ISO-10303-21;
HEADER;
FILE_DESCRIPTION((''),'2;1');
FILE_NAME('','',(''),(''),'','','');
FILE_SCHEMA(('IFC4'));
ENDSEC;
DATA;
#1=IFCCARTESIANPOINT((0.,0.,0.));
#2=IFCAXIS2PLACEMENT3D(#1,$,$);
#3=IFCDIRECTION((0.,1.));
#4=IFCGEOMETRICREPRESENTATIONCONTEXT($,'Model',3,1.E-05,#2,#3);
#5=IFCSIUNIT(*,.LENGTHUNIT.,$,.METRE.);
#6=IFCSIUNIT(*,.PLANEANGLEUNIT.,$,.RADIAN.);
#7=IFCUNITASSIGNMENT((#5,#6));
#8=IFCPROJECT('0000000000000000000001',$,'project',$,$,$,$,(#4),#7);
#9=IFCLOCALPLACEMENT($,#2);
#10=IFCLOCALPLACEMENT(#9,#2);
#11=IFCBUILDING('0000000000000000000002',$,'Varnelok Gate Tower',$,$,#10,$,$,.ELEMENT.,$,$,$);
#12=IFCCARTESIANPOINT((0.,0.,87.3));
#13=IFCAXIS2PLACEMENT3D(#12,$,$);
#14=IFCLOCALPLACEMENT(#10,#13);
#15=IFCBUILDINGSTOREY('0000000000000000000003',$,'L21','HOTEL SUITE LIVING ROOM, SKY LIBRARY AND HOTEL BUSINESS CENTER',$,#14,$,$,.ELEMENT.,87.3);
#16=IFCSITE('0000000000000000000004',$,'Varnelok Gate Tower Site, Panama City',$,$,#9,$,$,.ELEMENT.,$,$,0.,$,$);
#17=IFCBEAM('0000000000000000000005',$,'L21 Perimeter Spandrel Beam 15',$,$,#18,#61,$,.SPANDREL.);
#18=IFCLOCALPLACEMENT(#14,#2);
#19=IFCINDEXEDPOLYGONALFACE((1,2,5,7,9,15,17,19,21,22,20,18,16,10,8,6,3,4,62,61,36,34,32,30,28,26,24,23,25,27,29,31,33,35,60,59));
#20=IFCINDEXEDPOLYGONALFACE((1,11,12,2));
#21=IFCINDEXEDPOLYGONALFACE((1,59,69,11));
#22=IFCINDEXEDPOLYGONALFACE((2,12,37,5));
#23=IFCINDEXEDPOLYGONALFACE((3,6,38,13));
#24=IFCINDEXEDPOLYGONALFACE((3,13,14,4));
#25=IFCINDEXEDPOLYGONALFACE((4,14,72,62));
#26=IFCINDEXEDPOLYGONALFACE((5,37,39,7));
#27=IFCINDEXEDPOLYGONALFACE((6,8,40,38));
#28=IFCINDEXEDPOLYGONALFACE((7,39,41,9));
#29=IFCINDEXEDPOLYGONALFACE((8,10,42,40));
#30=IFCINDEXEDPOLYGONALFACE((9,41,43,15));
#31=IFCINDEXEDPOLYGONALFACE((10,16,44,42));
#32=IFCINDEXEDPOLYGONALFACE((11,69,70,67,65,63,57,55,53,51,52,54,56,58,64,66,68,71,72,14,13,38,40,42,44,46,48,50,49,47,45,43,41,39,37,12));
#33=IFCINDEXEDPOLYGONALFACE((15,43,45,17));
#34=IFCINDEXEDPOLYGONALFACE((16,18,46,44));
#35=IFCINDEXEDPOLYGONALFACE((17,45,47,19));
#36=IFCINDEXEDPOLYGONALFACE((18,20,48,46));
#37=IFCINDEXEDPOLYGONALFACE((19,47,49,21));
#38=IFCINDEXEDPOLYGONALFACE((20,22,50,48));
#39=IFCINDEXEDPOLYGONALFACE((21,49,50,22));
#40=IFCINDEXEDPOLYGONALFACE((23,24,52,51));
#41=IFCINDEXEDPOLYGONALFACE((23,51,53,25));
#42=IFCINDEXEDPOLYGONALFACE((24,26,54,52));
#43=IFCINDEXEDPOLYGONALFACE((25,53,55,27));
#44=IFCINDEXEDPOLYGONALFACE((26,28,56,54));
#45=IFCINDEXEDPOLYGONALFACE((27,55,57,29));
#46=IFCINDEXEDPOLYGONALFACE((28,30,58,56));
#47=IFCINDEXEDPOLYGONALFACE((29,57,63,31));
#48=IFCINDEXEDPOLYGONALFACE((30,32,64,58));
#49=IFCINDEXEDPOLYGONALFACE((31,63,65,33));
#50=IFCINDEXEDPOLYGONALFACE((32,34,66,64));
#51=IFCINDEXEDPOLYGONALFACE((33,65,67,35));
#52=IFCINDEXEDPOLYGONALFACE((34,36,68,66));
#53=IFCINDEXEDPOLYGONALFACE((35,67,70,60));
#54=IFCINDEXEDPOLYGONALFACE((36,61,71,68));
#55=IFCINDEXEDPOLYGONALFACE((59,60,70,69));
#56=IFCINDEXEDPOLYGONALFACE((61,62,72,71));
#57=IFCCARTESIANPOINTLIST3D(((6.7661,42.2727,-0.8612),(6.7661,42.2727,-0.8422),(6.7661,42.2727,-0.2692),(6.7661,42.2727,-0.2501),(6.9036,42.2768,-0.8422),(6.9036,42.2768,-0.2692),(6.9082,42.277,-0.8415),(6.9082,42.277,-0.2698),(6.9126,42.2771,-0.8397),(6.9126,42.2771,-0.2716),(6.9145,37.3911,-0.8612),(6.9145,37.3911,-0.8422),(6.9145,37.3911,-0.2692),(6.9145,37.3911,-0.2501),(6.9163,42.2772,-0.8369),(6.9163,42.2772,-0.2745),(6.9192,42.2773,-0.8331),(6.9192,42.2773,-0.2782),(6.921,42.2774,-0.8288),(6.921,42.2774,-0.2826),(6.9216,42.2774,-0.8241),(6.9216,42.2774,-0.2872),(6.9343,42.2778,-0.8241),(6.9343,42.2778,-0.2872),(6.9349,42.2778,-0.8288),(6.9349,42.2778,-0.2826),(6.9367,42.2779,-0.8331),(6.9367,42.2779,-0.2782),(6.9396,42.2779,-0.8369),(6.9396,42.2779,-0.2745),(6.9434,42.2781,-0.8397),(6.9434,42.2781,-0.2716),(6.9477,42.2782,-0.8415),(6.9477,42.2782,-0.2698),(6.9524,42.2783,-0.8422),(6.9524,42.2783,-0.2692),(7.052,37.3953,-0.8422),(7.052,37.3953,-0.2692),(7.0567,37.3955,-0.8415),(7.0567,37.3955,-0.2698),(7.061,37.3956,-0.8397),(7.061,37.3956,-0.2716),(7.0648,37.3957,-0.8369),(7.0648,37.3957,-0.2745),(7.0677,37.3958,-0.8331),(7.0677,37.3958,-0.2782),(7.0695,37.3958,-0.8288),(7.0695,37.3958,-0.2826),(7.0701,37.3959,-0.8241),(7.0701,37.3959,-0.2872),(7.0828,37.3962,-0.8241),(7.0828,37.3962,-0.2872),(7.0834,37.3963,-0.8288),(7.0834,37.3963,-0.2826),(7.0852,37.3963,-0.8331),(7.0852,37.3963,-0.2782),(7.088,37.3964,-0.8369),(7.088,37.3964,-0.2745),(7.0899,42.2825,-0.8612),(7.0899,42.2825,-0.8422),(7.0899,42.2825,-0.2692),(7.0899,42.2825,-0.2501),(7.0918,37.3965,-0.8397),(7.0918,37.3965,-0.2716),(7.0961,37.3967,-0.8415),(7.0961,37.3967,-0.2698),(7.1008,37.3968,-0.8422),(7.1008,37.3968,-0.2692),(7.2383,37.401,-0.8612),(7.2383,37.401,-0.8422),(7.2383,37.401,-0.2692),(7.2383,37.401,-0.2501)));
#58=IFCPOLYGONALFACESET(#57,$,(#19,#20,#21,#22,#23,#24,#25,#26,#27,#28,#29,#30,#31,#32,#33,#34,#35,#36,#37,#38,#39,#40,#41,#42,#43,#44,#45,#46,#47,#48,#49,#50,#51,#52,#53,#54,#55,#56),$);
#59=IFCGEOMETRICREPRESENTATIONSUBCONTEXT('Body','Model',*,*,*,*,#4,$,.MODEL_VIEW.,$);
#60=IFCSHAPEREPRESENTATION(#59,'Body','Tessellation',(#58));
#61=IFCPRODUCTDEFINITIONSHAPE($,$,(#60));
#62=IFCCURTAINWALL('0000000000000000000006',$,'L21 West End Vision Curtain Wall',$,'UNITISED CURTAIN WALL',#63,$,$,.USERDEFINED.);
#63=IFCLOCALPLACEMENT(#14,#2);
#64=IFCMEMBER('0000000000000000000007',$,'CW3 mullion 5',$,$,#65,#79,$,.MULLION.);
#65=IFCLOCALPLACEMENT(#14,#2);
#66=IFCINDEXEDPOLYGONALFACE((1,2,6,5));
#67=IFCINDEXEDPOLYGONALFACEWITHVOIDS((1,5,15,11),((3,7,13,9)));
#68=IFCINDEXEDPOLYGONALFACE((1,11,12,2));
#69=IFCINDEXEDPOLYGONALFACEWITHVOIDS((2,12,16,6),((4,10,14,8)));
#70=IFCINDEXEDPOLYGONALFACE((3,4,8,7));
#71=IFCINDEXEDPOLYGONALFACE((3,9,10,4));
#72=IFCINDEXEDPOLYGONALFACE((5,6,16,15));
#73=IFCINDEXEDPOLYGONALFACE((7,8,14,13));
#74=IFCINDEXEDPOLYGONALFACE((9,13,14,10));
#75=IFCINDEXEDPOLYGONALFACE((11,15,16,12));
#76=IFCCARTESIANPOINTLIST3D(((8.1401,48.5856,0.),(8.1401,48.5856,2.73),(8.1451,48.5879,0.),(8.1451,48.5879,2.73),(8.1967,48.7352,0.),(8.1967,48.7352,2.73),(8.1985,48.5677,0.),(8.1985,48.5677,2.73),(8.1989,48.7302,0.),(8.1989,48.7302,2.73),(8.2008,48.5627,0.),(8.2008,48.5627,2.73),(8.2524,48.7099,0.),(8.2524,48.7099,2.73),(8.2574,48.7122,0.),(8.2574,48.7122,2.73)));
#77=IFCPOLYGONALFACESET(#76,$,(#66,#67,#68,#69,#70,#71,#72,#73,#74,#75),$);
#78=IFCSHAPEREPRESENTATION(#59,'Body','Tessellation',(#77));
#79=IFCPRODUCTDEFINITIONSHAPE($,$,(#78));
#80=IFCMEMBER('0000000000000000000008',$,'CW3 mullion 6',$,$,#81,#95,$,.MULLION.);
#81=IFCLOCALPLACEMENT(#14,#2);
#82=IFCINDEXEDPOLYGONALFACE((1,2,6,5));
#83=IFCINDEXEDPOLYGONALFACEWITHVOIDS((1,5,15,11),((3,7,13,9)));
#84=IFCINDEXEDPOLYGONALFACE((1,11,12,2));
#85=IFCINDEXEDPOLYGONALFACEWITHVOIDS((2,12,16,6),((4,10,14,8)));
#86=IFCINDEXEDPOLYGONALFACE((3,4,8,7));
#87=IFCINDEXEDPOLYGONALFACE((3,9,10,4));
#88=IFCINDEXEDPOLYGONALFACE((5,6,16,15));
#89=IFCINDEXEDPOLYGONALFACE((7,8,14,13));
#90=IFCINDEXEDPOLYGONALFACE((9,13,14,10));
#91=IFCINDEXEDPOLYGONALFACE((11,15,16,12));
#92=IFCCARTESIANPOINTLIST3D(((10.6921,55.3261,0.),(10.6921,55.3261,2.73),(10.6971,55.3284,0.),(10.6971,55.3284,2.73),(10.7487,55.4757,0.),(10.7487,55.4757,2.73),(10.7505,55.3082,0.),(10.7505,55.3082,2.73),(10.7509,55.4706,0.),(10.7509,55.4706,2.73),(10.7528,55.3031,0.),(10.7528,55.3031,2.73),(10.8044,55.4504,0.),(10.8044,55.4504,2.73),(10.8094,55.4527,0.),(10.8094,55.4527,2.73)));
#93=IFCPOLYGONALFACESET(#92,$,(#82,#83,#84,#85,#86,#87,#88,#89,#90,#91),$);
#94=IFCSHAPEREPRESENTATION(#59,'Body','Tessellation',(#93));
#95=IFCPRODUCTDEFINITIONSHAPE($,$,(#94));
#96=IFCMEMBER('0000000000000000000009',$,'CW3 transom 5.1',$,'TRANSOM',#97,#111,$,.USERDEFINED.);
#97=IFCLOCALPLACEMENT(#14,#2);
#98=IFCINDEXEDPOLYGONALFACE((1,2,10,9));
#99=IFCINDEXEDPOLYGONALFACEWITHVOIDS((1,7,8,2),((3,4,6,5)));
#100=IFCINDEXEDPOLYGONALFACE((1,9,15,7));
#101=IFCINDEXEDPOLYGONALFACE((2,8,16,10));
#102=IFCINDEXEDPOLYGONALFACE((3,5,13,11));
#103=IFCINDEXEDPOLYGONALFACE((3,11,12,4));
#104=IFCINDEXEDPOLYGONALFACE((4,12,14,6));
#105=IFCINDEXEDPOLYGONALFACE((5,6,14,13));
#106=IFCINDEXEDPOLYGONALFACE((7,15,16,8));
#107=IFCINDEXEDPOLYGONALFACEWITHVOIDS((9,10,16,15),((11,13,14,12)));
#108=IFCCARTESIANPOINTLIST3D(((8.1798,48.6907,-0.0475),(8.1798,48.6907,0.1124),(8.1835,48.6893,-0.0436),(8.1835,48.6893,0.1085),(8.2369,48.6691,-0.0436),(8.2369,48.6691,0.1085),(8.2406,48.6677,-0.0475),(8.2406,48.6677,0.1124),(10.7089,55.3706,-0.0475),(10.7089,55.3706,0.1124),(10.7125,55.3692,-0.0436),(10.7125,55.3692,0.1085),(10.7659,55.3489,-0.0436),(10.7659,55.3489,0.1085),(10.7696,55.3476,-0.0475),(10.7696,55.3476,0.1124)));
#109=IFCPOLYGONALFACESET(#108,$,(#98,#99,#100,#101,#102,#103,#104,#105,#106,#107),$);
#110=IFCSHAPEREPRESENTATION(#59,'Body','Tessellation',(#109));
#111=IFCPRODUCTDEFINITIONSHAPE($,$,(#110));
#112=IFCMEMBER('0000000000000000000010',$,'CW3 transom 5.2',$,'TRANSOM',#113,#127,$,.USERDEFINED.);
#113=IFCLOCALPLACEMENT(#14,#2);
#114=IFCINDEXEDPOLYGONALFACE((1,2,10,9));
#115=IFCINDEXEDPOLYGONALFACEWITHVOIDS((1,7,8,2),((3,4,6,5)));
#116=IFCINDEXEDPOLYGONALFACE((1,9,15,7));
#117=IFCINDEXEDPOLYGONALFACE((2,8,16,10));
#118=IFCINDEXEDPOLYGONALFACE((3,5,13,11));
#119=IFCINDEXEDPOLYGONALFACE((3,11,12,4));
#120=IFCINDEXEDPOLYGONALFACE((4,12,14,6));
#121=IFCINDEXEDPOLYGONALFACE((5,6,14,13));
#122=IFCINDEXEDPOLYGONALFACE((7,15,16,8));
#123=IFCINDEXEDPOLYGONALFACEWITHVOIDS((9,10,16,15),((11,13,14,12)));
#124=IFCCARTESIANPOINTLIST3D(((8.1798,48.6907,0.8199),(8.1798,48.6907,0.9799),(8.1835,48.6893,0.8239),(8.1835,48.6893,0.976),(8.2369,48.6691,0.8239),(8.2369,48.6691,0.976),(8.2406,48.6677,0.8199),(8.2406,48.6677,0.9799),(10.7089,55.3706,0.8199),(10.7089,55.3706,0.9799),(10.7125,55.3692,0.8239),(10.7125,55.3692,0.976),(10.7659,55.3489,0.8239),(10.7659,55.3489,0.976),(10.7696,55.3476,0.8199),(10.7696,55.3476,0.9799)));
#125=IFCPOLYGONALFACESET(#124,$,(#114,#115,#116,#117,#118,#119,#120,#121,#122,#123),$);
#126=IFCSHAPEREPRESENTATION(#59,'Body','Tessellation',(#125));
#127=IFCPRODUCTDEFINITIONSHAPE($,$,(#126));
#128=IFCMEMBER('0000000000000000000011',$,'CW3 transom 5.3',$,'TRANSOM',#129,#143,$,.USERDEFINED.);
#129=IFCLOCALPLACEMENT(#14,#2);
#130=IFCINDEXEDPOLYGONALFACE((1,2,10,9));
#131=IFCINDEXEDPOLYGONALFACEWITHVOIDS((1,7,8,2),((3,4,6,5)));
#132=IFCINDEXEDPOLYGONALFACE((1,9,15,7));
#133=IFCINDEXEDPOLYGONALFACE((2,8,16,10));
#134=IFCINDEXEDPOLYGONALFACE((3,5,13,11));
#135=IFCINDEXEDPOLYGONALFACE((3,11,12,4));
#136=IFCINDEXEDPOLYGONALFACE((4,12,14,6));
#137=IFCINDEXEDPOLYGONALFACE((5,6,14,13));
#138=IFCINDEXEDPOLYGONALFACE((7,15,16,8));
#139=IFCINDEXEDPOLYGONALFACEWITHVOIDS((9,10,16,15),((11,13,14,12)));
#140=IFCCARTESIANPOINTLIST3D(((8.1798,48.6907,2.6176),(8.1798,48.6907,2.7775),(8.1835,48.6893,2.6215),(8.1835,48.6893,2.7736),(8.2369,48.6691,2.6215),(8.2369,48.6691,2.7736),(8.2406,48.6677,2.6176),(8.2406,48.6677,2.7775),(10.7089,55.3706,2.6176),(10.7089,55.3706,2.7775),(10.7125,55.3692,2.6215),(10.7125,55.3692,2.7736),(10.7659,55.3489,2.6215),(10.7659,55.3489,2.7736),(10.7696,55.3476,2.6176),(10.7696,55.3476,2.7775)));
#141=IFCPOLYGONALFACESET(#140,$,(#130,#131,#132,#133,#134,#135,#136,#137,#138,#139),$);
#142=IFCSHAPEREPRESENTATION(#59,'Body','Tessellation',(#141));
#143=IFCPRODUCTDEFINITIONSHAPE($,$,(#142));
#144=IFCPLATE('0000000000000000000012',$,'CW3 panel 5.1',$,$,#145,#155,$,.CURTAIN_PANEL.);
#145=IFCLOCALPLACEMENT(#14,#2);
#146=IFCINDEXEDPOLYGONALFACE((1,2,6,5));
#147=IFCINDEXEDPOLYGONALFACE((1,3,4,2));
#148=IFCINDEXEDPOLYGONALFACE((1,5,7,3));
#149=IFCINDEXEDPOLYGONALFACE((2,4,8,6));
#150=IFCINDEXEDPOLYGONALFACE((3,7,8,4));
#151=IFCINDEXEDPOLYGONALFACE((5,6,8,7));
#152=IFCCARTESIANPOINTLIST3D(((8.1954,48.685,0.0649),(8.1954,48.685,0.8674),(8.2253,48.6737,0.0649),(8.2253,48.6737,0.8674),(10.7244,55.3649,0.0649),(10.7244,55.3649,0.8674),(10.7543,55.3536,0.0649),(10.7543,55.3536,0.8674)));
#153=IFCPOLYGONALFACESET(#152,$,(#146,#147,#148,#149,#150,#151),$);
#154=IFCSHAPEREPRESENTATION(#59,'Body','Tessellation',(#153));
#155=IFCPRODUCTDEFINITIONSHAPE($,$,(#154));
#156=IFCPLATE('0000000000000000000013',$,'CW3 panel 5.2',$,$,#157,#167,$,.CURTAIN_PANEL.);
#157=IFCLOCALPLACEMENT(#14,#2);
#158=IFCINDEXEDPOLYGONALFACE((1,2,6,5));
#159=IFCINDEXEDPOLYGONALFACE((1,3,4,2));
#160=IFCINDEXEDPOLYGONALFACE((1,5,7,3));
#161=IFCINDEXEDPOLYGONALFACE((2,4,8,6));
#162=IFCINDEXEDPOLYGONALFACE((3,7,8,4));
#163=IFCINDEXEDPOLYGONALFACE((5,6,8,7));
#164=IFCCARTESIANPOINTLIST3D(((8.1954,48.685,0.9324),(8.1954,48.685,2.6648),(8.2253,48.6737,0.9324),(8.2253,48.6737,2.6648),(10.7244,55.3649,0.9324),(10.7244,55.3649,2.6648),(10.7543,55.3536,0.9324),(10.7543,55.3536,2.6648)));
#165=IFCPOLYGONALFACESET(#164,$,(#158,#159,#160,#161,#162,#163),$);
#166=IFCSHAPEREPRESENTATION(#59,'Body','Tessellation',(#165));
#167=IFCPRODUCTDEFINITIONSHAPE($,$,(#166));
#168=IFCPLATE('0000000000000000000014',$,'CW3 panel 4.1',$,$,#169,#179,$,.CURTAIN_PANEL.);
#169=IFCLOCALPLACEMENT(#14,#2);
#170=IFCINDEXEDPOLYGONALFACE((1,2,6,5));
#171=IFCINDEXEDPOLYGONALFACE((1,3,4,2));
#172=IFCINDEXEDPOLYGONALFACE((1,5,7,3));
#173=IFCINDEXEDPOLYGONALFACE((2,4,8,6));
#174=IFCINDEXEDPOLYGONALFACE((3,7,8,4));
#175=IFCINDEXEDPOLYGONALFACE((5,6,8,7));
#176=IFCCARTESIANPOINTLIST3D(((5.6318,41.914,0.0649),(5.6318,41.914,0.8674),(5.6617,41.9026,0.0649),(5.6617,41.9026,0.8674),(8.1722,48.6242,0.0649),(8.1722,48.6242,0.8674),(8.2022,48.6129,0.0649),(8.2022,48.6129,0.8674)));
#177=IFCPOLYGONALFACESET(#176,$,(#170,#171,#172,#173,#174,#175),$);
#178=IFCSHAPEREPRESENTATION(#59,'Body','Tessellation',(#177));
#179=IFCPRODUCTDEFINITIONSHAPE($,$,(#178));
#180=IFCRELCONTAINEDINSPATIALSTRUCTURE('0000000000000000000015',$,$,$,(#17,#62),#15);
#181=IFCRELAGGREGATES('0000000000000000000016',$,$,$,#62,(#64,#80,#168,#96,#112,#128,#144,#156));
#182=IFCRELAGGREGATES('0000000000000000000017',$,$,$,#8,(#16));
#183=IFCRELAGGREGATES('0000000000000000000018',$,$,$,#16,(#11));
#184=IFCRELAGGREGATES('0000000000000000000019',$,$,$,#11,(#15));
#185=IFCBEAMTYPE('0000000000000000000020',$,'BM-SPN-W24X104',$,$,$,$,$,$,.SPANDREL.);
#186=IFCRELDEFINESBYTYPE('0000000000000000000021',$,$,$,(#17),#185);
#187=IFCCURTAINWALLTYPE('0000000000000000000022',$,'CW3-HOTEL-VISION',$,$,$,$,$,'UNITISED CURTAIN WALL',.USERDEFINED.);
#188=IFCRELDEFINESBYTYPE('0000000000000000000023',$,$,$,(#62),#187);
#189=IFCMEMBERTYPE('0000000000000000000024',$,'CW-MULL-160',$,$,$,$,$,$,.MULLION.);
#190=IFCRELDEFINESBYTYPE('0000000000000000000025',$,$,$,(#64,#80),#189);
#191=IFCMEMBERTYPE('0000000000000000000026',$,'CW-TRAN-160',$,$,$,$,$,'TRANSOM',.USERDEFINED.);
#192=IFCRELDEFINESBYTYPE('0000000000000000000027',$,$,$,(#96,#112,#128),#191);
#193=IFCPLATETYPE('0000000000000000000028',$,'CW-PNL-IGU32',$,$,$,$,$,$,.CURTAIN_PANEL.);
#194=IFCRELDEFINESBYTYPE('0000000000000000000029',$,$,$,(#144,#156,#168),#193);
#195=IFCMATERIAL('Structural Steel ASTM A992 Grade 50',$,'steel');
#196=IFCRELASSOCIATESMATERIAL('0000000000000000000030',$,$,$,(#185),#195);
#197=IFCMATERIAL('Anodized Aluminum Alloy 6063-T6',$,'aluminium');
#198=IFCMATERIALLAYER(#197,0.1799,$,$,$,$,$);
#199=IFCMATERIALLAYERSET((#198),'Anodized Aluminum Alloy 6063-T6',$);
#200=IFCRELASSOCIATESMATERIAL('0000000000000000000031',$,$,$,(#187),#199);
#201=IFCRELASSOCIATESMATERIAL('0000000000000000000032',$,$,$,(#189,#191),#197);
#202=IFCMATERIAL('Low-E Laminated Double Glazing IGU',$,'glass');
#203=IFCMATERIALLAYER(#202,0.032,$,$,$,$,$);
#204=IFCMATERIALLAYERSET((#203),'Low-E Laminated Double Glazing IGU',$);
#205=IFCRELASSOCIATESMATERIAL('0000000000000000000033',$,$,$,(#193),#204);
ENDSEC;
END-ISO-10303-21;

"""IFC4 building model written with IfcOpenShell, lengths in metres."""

from ifc_helpers import new_model, si_unit, direction, frame, origin, origin_2d, place, context, subcontext, project, spatial, rectangle, hollow_rectangle, i_section, extrude, source, transform, mapped, material, layer, layer_set, material_profile, profile_set, type_object, element, aggregate, save


model = new_model("IFC4")

# Units and contexts
model_context = context("Model", 3, precision=1e-05, world=origin(), true_north=direction((0.0, 1.0)))
body_context = subcontext(model_context, "Body", "Model", "MODEL_VIEW")
ifc_project = project(units=[si_unit("LENGTHUNIT", "METRE"), si_unit("PLANEANGLEUNIT", "RADIAN")], contexts=[model_context])

# Site, building, storey
site_placement = place(None, origin())
site = spatial("IfcSite", under=ifc_project, at=site_placement, Name="Varnelok Gate Tower Site, Panama City", CompositionType="ELEMENT", RefElevation=0.0)
building_placement = place(site_placement, origin())
building = spatial("IfcBuilding", under=site, at=building_placement, Name="Varnelok Gate Tower", CompositionType="ELEMENT")
storey_placement = place(building_placement, frame((0.0, 0.0, 87.3)))
storey = spatial("IfcBuildingStorey", under=building, at=storey_placement, Name="L21", Description="HOTEL SUITE LIVING ROOM, SKY LIBRARY AND HOTEL BUSINESS CENTER", CompositionType="ELEMENT", Elevation=87.3)

# Shared definitions
ifc_material_1 = material(Name="Structural Steel ASTM A992 Grade 50", Category="steel")

# Beam
ifc_material_profile_1 = material_profile(ifc_material_1, i_section(OverallWidth=0.324, OverallDepth=0.6111, WebThickness=0.0127, FlangeThickness=0.019, FilletRadius=0.0181, at=origin_2d()), Name="W24X104")
ifc_profile_set_1 = profile_set([ifc_material_profile_1], Name="Structural Steel ASTM A992 Grade 50")
beam_type_1 = type_object("IfcBeamType", Name="BM-SPN-W24X104", PredefinedType="SPANDREL", material=ifc_profile_set_1)
beam_1_placement = place(storey_placement, frame((6.928, 42.2776, -0.5557), z_axis=(0.030394, -0.999538, 0.0), x_axis=(0.999538, 0.030394, 0.0)))
element("IfcBeam", 1, at=beam_1_placement, inside=storey, type_object=beam_type_1, Name="L21 Perimeter Spandrel Beam 15", PredefinedType="SPANDREL", context=body_context, shape_type="SweptSolid", body=[
    extrude(i_section(OverallWidth=0.324, OverallDepth=0.6111, WebThickness=0.0127, FlangeThickness=0.019, FilletRadius=0.0181, at=origin_2d()), origin(), (0.0, 0.0, 1.0), 4.8838),
])

# Curtain wall, members, plates
ifc_material_2 = material(Name="Anodized Aluminum Alloy 6063-T6", Category="aluminium")
ifc_layer_1 = layer(ifc_material_2, 0.1799)
ifc_layer_set_1 = layer_set([ifc_layer_1], Name="Anodized Aluminum Alloy 6063-T6")
curtain_wall_type = type_object("IfcCurtainWallType", Name="CW3-HOTEL-VISION", ElementType="UNITISED CURTAIN WALL", PredefinedType="USERDEFINED", material=ifc_layer_set_1)
curtain_wall_placement = place(storey_placement, origin())
curtain_wall = element("IfcCurtainWall", 2, at=curtain_wall_placement, inside=storey, type_object=curtain_wall_type, Name="L21 West End Vision Curtain Wall", ObjectType="UNITISED CURTAIN WALL", PredefinedType="USERDEFINED")
ifc_material_profile_2 = material_profile(ifc_material_2, hollow_rectangle(XDim=0.0649, YDim=0.1599, WallThickness=0.0039, at=origin_2d()), Name="ALU160X65X4")
ifc_profile_set_2 = profile_set([ifc_material_profile_2], Name="Anodized Aluminum Alloy 6063-T6")
member_type_1 = type_object("IfcMemberType", Name="CW-MULL-160", PredefinedType="MULLION", material=ifc_profile_set_2)
member_1_placement = place(storey_placement, frame((8.1987, 48.6489, 0.0), z_axis=(0.0, 0.0, 1.0), x_axis=(-0.935221, 0.354064, 0.0)))
member_1 = element("IfcMember", 3, at=member_1_placement, type_object=member_type_1, Name="CW3 mullion 5", PredefinedType="MULLION", context=body_context, shape_type="SweptSolid", body=[
    extrude(hollow_rectangle(XDim=0.0649, YDim=0.1599, WallThickness=0.0039, at=origin_2d()), origin(), (0.0, 0.0, 1.0), 2.73),
])
member_2_placement = place(storey_placement, frame((10.7507, 55.3894, 0.0), z_axis=(0.0, 0.0, 1.0), x_axis=(-0.935221, 0.354064, 0.0)))
member_2 = element("IfcMember", 4, at=member_2_placement, type_object=member_type_1, Name="CW3 mullion 6", PredefinedType="MULLION", context=body_context, shape_type="SweptSolid", body=[
    extrude(hollow_rectangle(XDim=0.0649, YDim=0.1599, WallThickness=0.0039, at=origin_2d()), origin(), (0.0, 0.0, 1.0), 2.73),
])
ifc_material_profile_3 = material_profile(ifc_material_2, hollow_rectangle(XDim=0.0649, YDim=0.1599, WallThickness=0.0039, at=origin_2d()), Name="ALU160X65X4")
ifc_profile_set_3 = profile_set([ifc_material_profile_3], Name="Anodized Aluminum Alloy 6063-T6")
member_type_2 = type_object("IfcMemberType", Name="CW-TRAN-160", ElementType="TRANSOM", PredefinedType="USERDEFINED", material=ifc_profile_set_3)
member_3_placement = place(storey_placement, frame((8.2102, 48.6792, 0.0325), z_axis=(0.354077, 0.935216, 0.0), x_axis=(-0.935216, 0.354077, 0.0)))
member_3 = element("IfcMember", 5, at=member_3_placement, type_object=member_type_2, Name="CW3 transom 5.1", ObjectType="TRANSOM", PredefinedType="USERDEFINED", context=body_context, shape_type="SweptSolid", body=[
    extrude(hollow_rectangle(XDim=0.0649, YDim=0.1599, WallThickness=0.0039, at=origin_2d()), origin(), (0.0, 0.0, 1.0), 7.1426),
])
member_4_placement = place(storey_placement, frame((8.2102, 48.6792, 0.8999), z_axis=(0.354077, 0.935216, 0.0), x_axis=(-0.935216, 0.354077, 0.0)))
member_4 = element("IfcMember", 6, at=member_4_placement, type_object=member_type_2, Name="CW3 transom 5.2", ObjectType="TRANSOM", PredefinedType="USERDEFINED", context=body_context, shape_type="SweptSolid", body=[
    extrude(hollow_rectangle(XDim=0.0649, YDim=0.1599, WallThickness=0.0039, at=origin_2d()), origin(), (0.0, 0.0, 1.0), 7.1426),
])
member_5_placement = place(storey_placement, frame((8.2102, 48.6792, 2.6975), z_axis=(0.354077, 0.935216, 0.0), x_axis=(-0.935216, 0.354077, 0.0)))
member_5 = element("IfcMember", 7, at=member_5_placement, type_object=member_type_2, Name="CW3 transom 5.3", ObjectType="TRANSOM", PredefinedType="USERDEFINED", context=body_context, shape_type="SweptSolid", body=[
    extrude(hollow_rectangle(XDim=0.0649, YDim=0.1599, WallThickness=0.0039, at=origin_2d()), origin(), (0.0, 0.0, 1.0), 7.1426),
])
ifc_material_3 = material(Name="Low-E Laminated Double Glazing IGU", Category="glass")
ifc_layer_2 = layer(ifc_material_3, 0.032)
ifc_layer_set_2 = layer_set([ifc_layer_2], Name="Low-E Laminated Double Glazing IGU")
plate_type = type_object("IfcPlateType", Name="CW-PNL-IGU32", PredefinedType="CURTAIN_PANEL", material=ifc_layer_set_2)
shared_shape_1 = source(origin(), body_context, "Body", "SweptSolid", [
    extrude(rectangle(XDim=7.1426, YDim=0.032, at=origin_2d()), origin(), (0.0, 0.0, 1.0), 0.8025),
])
plate_1_placement = place(storey_placement, frame((9.4749, 52.0193, 0.0649), z_axis=(0.0, 0.0, 1.0), x_axis=(0.354064, 0.935221, 0.0)))
plate_1 = element("IfcPlate", 8, at=plate_1_placement, type_object=plate_type, Name="CW3 panel 5.1", PredefinedType="CURTAIN_PANEL", context=body_context, shape_type="MappedRepresentation", body=[
    mapped(shared_shape_1, transform((0.0, 0.0, 0.0), scale=1.0)),
])
shared_shape_2 = source(origin(), body_context, "Body", "SweptSolid", [
    extrude(rectangle(XDim=7.1426, YDim=0.032, at=origin_2d()), origin(), (0.0, 0.0, 1.0), 1.7324),
])
plate_2_placement = place(storey_placement, frame((9.4749, 52.0193, 0.9324), z_axis=(0.0, 0.0, 1.0), x_axis=(0.354064, 0.935221, 0.0)))
plate_2 = element("IfcPlate", 9, at=plate_2_placement, type_object=plate_type, Name="CW3 panel 5.2", PredefinedType="CURTAIN_PANEL", context=body_context, shape_type="MappedRepresentation", body=[
    mapped(shared_shape_2, transform((0.0, 0.0, 0.0), scale=1.0)),
])
shared_shape_3 = source(origin(), body_context, "Body", "SweptSolid", [
    extrude(rectangle(XDim=7.175, YDim=0.032, at=origin_2d()), origin(), (0.0, 0.0, 1.0), 0.8025),
])
plate_3_placement = place(storey_placement, frame((6.917, 45.2634, 0.0649), z_axis=(0.0, 0.0, 1.0), x_axis=(0.354064, 0.935221, 0.0)))
plate_3 = element("IfcPlate", 10, at=plate_3_placement, type_object=plate_type, Name="CW3 panel 4.1", PredefinedType="CURTAIN_PANEL", context=body_context, shape_type="MappedRepresentation", body=[
    mapped(shared_shape_3, transform((0.0, 0.0, 0.0), scale=1.0)),
])
aggregate(curtain_wall, [member_1, member_2, plate_3, member_3, member_4, member_5, plate_1, plate_2])

save(model, "model.ifc")
